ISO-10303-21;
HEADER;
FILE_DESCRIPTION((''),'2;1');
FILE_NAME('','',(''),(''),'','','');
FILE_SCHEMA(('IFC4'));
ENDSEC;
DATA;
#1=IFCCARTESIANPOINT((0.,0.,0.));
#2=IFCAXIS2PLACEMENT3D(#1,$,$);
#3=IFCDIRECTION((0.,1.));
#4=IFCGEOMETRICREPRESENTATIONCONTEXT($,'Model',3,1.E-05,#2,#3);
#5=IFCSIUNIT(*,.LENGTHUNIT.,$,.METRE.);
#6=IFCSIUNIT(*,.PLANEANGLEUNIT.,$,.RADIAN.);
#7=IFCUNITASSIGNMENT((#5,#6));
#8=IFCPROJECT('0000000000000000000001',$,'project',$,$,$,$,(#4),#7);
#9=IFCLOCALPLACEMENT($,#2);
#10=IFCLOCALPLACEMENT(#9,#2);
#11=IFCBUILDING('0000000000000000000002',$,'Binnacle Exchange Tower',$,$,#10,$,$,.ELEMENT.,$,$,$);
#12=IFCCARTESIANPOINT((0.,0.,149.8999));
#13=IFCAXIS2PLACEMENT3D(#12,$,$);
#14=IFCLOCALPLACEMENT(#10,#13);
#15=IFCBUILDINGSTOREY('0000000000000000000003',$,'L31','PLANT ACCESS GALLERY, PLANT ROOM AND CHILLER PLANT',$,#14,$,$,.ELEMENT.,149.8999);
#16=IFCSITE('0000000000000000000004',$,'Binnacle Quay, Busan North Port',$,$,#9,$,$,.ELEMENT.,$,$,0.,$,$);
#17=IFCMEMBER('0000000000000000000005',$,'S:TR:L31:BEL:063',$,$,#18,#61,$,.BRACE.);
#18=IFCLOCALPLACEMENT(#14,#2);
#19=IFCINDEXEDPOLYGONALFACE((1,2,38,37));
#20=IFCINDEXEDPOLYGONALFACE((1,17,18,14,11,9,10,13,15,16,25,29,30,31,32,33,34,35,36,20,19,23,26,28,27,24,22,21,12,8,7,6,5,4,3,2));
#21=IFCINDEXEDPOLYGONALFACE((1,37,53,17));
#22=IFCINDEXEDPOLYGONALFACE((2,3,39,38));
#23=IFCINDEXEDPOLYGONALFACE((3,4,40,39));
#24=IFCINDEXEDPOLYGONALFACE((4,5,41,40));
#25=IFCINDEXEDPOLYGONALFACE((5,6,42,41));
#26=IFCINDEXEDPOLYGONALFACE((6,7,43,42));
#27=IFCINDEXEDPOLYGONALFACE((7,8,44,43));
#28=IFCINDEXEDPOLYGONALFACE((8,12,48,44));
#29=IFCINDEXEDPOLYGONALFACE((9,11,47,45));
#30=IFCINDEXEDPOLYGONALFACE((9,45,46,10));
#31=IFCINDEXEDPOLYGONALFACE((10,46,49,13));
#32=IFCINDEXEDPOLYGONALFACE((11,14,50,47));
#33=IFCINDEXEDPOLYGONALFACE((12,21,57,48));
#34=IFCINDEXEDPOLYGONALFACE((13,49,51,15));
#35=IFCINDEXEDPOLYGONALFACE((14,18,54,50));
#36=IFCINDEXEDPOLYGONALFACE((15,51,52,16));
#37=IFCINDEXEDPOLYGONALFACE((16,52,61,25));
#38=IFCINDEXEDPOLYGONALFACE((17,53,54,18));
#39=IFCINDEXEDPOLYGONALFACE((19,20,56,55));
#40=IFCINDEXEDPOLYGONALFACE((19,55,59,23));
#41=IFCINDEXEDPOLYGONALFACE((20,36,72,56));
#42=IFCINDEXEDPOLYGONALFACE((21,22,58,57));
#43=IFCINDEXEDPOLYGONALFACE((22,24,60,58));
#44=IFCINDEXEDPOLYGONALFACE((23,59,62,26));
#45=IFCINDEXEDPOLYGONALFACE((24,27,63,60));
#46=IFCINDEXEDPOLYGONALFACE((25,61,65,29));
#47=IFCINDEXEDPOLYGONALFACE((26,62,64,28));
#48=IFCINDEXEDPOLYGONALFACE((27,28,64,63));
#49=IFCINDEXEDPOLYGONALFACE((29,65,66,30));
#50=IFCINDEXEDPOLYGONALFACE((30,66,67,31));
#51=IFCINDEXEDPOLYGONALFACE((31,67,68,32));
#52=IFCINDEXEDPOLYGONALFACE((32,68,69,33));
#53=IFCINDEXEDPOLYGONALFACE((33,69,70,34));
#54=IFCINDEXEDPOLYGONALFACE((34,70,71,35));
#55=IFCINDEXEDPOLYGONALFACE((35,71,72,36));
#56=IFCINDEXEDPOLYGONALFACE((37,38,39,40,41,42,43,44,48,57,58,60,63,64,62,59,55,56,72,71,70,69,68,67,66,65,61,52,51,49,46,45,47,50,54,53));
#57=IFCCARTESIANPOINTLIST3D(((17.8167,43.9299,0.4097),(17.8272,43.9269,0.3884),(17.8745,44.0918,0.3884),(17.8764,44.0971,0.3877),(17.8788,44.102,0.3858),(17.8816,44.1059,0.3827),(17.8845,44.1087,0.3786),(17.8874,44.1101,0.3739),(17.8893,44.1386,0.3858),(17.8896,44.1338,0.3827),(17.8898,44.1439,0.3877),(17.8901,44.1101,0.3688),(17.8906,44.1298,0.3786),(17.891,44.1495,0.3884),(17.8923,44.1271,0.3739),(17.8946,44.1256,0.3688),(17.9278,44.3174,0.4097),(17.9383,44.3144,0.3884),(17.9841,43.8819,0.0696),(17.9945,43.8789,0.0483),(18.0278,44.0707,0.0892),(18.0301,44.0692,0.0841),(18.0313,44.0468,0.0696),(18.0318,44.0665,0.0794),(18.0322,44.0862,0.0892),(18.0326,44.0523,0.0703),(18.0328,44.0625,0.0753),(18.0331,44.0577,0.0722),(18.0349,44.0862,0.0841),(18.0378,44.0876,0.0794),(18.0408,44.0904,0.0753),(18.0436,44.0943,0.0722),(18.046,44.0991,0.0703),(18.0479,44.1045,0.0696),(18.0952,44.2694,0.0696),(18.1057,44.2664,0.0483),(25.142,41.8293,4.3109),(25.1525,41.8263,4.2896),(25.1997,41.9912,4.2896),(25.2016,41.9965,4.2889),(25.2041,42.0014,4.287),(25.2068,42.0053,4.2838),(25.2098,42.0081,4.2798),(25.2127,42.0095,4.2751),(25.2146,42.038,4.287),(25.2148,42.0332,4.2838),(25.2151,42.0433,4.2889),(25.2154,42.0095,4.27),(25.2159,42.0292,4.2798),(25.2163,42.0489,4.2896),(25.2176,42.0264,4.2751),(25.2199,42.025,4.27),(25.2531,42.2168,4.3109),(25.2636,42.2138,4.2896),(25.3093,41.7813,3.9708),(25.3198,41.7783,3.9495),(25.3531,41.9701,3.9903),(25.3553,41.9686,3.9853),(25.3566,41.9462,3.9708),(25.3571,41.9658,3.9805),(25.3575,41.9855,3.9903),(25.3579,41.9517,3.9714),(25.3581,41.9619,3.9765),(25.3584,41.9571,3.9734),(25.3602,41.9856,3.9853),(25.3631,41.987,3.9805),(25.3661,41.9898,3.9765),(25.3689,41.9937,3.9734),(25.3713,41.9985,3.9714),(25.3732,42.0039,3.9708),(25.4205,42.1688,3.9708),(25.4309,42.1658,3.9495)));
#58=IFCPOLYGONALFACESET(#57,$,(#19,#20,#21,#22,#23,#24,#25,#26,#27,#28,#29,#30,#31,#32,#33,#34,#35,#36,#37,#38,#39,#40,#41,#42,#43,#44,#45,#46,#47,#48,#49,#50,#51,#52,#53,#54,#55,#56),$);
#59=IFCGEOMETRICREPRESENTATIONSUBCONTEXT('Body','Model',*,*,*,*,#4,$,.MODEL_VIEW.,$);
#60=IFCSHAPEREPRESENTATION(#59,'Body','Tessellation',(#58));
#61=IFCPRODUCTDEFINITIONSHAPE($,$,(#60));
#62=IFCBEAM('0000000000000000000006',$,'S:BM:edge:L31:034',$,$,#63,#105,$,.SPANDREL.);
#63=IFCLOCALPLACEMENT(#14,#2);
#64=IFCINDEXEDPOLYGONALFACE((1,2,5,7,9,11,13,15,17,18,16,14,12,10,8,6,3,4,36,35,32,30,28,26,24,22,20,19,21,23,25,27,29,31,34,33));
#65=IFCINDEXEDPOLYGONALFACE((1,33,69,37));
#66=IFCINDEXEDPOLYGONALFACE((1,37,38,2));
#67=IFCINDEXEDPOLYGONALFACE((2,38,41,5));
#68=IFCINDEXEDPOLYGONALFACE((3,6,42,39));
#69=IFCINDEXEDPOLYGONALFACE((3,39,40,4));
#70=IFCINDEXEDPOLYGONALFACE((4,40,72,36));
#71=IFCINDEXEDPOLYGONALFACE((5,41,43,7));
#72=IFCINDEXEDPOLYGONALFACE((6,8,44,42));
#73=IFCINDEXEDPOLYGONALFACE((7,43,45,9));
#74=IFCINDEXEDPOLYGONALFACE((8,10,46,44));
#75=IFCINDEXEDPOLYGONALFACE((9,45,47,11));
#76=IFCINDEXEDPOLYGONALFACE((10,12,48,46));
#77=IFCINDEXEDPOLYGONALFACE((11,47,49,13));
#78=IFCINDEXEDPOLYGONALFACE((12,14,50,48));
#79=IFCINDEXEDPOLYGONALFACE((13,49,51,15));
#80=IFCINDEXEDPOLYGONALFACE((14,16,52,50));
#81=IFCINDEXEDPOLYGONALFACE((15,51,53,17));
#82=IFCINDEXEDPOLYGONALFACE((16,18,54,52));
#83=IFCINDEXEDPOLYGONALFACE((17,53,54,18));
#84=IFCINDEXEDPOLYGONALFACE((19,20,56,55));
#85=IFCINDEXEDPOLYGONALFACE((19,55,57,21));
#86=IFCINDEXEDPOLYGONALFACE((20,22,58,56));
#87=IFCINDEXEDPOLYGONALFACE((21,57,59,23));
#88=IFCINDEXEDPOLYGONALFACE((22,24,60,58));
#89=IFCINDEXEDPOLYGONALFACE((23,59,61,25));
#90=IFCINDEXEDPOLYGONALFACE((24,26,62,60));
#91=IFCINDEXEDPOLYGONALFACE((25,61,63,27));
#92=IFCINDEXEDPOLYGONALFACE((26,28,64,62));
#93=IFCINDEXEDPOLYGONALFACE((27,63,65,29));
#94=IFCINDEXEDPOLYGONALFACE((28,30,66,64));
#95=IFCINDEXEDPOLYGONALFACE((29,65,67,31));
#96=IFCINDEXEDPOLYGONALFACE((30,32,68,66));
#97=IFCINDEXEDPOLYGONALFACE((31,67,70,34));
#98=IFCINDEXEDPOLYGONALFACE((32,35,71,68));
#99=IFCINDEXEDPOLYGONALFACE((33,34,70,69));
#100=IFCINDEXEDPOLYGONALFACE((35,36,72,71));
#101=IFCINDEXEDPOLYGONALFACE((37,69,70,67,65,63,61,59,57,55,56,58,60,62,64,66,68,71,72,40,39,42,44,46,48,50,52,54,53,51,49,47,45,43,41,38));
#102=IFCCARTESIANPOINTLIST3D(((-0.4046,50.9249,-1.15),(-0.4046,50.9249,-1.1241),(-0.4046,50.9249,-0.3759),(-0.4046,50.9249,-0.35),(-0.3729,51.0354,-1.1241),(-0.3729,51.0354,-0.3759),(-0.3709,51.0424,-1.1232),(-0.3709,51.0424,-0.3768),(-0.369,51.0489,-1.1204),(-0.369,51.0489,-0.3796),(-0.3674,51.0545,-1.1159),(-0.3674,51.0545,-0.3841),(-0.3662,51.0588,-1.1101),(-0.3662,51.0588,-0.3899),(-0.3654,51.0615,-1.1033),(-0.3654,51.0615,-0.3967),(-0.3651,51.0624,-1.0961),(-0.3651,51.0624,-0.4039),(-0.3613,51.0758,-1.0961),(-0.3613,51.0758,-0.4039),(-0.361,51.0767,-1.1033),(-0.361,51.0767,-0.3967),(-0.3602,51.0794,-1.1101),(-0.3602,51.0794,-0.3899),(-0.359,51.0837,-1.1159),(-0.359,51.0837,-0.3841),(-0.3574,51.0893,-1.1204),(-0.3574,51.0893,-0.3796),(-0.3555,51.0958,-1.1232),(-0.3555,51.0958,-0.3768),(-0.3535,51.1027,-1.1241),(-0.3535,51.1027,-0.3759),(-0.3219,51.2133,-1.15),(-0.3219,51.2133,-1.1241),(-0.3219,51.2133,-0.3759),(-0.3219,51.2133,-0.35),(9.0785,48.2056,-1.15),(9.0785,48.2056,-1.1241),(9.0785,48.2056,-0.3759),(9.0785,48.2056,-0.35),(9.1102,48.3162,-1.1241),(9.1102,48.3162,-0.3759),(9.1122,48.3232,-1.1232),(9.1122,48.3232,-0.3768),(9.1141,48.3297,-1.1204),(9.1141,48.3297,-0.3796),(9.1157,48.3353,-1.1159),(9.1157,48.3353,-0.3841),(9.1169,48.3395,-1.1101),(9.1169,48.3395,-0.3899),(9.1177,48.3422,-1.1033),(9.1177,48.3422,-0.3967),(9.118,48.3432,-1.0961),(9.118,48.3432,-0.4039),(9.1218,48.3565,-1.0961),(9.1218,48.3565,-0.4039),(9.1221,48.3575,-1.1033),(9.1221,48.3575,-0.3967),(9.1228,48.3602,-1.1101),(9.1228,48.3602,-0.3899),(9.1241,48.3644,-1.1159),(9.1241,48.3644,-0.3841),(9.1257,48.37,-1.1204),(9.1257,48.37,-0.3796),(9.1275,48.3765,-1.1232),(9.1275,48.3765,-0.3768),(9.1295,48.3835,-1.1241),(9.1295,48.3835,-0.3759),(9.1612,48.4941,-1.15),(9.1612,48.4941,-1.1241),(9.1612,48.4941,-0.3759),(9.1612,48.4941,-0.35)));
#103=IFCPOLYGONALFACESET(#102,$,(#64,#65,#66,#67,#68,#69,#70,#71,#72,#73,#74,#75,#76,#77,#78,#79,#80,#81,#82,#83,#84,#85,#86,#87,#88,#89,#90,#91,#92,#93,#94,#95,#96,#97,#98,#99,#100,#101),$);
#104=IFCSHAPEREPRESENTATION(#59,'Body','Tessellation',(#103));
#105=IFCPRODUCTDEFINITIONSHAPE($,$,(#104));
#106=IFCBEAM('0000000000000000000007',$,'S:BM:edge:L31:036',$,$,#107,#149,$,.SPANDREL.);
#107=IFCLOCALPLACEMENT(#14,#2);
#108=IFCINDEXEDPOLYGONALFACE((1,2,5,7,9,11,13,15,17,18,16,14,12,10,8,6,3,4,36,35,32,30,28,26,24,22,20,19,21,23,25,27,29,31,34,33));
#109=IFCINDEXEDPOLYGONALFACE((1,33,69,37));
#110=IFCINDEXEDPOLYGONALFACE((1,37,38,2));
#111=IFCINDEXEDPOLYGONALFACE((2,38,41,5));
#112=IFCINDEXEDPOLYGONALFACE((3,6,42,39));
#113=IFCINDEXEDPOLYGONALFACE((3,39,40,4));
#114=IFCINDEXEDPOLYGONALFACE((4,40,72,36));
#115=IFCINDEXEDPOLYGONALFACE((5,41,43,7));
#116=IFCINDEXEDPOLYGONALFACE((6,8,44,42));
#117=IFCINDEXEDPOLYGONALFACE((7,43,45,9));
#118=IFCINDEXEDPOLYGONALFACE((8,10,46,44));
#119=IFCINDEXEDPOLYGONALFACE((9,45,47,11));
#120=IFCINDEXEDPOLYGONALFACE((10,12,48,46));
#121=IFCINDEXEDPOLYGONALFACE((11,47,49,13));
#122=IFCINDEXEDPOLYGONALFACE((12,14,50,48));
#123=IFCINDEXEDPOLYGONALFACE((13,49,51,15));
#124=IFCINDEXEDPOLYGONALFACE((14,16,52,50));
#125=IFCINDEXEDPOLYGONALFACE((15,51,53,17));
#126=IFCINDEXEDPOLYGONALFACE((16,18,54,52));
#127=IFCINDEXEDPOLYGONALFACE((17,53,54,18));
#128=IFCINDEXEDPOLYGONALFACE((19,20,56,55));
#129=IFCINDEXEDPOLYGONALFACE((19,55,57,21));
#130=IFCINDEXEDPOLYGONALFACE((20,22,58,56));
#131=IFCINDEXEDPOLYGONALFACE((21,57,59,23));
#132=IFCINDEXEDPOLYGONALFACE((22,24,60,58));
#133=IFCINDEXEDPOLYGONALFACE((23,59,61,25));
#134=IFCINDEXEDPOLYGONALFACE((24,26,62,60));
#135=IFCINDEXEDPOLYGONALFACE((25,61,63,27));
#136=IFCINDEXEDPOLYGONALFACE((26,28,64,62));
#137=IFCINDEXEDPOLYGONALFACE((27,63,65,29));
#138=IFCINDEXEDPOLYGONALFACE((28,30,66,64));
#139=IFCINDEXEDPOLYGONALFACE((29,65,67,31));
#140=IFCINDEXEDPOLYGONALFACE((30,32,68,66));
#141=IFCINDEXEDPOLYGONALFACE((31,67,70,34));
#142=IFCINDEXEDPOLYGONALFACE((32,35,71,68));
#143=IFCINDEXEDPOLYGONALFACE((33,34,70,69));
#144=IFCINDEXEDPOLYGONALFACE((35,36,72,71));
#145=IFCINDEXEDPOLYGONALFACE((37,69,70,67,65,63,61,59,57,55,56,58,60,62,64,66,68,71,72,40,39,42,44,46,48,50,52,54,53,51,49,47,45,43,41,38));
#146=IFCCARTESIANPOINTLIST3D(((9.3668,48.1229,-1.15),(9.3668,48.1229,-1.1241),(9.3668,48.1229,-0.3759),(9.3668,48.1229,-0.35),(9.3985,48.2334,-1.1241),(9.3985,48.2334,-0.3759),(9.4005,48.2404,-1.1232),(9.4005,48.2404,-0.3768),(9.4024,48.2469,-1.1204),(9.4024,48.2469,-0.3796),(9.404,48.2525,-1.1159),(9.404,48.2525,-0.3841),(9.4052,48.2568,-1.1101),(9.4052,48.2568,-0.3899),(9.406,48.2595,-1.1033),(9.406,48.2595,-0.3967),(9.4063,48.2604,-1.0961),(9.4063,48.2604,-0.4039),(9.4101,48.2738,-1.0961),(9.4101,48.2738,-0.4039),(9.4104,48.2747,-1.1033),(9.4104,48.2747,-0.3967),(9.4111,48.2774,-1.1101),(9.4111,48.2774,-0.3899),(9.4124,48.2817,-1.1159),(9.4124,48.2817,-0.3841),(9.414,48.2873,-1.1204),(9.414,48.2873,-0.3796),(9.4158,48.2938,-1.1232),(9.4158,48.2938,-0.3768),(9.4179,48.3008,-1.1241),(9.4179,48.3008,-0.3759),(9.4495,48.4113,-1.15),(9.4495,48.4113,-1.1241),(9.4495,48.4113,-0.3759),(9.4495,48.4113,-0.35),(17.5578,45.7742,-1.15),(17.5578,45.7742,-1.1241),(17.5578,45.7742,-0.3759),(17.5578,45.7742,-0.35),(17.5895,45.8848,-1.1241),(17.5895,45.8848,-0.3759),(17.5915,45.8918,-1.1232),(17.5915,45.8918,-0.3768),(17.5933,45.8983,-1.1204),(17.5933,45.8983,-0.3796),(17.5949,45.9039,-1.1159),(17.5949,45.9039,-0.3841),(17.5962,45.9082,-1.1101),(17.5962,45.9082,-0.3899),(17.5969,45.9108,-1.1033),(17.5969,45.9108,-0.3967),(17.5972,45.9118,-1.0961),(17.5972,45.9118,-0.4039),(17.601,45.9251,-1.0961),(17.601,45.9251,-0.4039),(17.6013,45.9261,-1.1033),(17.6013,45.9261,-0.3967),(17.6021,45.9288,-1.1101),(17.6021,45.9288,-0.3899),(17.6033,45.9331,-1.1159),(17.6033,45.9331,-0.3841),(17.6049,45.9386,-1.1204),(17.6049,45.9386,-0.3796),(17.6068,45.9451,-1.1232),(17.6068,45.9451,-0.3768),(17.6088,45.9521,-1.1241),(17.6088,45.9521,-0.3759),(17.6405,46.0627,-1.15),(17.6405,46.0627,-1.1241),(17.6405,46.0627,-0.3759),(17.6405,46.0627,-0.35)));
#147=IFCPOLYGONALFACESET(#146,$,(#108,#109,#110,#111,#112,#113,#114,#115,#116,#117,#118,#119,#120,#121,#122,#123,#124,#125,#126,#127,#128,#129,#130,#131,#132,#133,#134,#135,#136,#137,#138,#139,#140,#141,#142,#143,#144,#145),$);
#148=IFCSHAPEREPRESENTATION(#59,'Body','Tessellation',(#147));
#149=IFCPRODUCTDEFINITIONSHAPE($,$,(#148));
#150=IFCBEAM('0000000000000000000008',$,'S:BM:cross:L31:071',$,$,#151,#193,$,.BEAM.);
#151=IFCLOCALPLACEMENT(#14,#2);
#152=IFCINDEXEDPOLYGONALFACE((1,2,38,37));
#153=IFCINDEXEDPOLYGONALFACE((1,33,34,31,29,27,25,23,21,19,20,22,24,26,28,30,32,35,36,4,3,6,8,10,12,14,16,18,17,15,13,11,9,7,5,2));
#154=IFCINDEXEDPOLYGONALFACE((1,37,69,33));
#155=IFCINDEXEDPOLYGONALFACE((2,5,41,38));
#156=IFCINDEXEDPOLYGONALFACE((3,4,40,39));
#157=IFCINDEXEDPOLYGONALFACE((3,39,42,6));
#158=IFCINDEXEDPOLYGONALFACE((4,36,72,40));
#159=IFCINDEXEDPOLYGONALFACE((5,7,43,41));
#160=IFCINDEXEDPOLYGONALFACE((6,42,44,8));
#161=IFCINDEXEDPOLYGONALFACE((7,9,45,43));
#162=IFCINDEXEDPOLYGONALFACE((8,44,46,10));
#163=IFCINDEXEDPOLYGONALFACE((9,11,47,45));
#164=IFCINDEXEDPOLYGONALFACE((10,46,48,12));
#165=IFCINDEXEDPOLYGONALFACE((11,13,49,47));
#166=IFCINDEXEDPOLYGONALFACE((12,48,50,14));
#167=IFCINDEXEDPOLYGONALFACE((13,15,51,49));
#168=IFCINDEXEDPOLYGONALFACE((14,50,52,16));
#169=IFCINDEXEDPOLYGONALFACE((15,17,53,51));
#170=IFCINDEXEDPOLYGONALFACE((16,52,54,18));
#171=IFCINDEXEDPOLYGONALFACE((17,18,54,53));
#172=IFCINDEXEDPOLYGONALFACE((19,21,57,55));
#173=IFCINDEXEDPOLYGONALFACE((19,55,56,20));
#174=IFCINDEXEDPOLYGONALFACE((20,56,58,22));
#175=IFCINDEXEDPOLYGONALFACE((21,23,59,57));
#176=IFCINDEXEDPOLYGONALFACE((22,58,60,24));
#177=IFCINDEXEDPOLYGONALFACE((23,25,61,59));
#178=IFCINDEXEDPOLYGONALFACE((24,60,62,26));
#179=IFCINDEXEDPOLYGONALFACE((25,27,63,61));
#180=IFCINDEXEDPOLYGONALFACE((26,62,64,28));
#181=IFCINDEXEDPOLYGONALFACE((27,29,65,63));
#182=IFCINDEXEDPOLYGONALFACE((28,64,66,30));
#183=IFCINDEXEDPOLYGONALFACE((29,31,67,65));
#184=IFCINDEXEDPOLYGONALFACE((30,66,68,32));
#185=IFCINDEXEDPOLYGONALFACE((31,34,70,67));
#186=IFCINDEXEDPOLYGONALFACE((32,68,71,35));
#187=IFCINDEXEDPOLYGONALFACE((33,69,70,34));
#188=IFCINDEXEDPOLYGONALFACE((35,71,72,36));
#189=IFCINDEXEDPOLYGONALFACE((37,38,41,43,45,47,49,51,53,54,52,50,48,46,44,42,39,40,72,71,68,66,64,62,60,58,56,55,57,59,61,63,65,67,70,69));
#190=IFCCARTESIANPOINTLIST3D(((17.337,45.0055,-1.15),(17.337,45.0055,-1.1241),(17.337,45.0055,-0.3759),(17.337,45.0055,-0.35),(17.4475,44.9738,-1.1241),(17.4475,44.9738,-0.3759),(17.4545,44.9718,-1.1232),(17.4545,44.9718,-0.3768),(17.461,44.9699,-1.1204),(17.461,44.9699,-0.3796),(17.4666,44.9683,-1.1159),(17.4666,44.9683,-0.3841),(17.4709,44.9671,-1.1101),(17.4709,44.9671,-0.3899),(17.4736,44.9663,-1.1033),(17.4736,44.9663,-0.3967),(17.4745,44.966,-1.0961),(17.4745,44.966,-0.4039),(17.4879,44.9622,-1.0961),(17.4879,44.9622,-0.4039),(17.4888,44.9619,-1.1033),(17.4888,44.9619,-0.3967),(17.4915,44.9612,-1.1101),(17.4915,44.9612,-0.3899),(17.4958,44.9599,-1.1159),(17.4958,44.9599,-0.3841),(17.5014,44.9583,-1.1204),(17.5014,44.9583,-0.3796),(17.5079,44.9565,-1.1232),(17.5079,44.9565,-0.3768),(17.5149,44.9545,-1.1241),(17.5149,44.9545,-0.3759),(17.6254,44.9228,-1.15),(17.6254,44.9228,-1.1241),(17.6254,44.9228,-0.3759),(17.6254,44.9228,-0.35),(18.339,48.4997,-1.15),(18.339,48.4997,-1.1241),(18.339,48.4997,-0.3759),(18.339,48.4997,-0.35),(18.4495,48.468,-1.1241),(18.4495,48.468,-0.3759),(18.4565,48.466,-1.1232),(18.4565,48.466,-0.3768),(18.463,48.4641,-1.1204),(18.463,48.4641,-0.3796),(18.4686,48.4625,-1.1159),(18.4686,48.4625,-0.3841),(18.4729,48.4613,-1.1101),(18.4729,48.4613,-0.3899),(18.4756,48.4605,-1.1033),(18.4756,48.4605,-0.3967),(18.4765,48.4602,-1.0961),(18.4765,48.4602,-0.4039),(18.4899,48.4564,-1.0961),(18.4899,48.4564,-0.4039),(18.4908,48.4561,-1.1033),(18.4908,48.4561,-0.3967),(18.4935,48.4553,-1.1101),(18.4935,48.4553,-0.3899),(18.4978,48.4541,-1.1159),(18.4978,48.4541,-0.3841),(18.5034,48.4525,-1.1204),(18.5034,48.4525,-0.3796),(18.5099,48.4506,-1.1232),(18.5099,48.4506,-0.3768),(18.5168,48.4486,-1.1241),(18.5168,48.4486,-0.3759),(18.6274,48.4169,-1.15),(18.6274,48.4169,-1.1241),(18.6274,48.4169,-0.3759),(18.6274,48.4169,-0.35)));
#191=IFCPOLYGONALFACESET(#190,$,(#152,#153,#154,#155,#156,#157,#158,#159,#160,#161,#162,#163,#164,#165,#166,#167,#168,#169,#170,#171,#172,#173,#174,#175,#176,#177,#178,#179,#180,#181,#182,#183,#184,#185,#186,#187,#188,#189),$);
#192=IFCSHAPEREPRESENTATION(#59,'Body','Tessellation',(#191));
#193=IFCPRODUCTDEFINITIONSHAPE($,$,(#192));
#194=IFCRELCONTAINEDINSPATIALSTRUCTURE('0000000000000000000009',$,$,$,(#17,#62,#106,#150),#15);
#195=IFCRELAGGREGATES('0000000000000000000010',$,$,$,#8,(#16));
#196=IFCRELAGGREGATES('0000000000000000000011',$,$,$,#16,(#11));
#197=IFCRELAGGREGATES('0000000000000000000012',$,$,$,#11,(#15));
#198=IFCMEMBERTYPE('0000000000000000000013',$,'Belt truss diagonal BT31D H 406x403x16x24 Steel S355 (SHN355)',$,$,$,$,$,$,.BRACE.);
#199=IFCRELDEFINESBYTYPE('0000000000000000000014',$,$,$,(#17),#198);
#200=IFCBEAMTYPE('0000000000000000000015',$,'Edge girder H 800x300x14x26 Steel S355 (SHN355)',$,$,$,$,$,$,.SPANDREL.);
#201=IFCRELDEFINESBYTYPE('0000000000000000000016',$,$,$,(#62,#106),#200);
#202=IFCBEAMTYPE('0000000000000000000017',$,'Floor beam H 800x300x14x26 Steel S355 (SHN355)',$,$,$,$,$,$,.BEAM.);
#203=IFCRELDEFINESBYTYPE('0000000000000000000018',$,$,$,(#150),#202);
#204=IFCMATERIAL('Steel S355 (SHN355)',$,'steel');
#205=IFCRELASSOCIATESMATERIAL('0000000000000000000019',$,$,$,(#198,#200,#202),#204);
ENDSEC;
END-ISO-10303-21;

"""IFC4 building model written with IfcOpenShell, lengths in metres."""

from ifc_helpers import new_model, si_unit, direction, frame, origin, origin_2d, place, context, subcontext, project, spatial, i_section, extrude, material, material_profile, profile_set, type_object, element, save


model = new_model("IFC4")

# Units and contexts
model_context = context("Model", 3, precision=1e-05, world=origin(), true_north=direction((0.0, 1.0)))
body_context = subcontext(model_context, "Body", "Model", "MODEL_VIEW")
ifc_project = project(units=[si_unit("LENGTHUNIT", "METRE"), si_unit("PLANEANGLEUNIT", "RADIAN")], contexts=[model_context])

# Site, building, storey
site_placement = place(None, origin())
site = spatial("IfcSite", under=ifc_project, at=site_placement, Name="Binnacle Quay, Busan North Port", CompositionType="ELEMENT", RefElevation=0.0)
building_placement = place(site_placement, origin())
building = spatial("IfcBuilding", under=site, at=building_placement, Name="Binnacle Exchange Tower", CompositionType="ELEMENT")
storey_placement = place(building_placement, frame((0.0, 0.0, 149.8999)))
storey = spatial("IfcBuildingStorey", under=building, at=storey_placement, Name="L31", Description="PLANT ACCESS GALLERY, PLANT ROOM AND CHILLER PLANT", CompositionType="ELEMENT", Elevation=149.8999)

# Member
ifc_material_1 = material(Name="Steel S355 (SHN355)", Category="steel")
ifc_material_profile_1 = material_profile(ifc_material_1, i_section(OverallWidth=0.4031, OverallDepth=0.406, WebThickness=0.0161, FlangeThickness=0.0239, FilletRadius=0.022, at=origin_2d()), Name="H 406x403x16x24")
ifc_profile_set_1 = profile_set([ifc_material_profile_1], Name="Steel S355 (SHN355)")
member_type_1 = type_object("IfcMemberType", Name="Belt truss diagonal BT31D H 406x403x16x24 Steel S355 (SHN355)", PredefinedType="BRACE", material=ifc_profile_set_1)
member_1_placement = place(storey_placement, frame((17.9612, 44.0981, 0.229), z_axis=(0.855653, -0.245369, 0.455689), x_axis=(0.275652, 0.961258, 0.0)))
element("IfcMember", 1, at=member_1_placement, inside=storey, type_object=member_type_1, Name="S:TR:L31:BEL:063", PredefinedType="BRACE", context=body_context, shape_type="SweptSolid", body=[
    extrude(i_section(OverallWidth=0.4031, OverallDepth=0.406, WebThickness=0.0161, FlangeThickness=0.0239, FilletRadius=0.022, at=origin_2d()), origin(), (0.0, 0.0, 1.0), 8.561),
])

# Beams
ifc_material_profile_2 = material_profile(ifc_material_1, i_section(OverallWidth=0.3, OverallDepth=0.8, WebThickness=0.0139, FlangeThickness=0.0259, FilletRadius=0.0281, at=origin_2d()), Name="H 800x300x14x26")
ifc_profile_set_2 = profile_set([ifc_material_profile_2], Name="Steel S355 (SHN355)")
beam_type_1 = type_object("IfcBeamType", Name="Edge girder H 800x300x14x26 Steel S355 (SHN355)", PredefinedType="SPANDREL", material=ifc_profile_set_2)
beam_1_placement = place(storey_placement, frame((9.1199, 48.3499, -0.75), z_axis=(-0.961262, 0.275636, 0.0), x_axis=(-0.275636, -0.961262, 0.0)))
element("IfcBeam", 2, at=beam_1_placement, inside=storey, type_object=beam_type_1, Name="S:BM:edge:L31:034", PredefinedType="SPANDREL", context=body_context, shape_type="SweptSolid", body=[
    extrude(i_section(OverallWidth=0.3, OverallDepth=0.8, WebThickness=0.0139, FlangeThickness=0.0259, FilletRadius=0.0281, at=origin_2d()), origin(), (0.0, 0.0, 1.0), 9.8652),
])
beam_2_placement = place(storey_placement, frame((17.5991, 45.9185, -0.75), z_axis=(-0.961264, 0.275629, 0.0), x_axis=(-0.275629, -0.961264, 0.0)))
element("IfcBeam", 3, at=beam_2_placement, inside=storey, type_object=beam_type_1, Name="S:BM:edge:L31:036", PredefinedType="SPANDREL", context=body_context, shape_type="SweptSolid", body=[
    extrude(i_section(OverallWidth=0.3, OverallDepth=0.8, WebThickness=0.0139, FlangeThickness=0.0259, FilletRadius=0.0281, at=origin_2d()), origin(), (0.0, 0.0, 1.0), 8.521),
])
ifc_material_profile_3 = material_profile(ifc_material_1, i_section(OverallWidth=0.3, OverallDepth=0.8, WebThickness=0.0139, FlangeThickness=0.0259, FilletRadius=0.0281, at=origin_2d()), Name="H 800x300x14x26")
ifc_profile_set_3 = profile_set([ifc_material_profile_3], Name="Steel S355 (SHN355)")
beam_type_2 = type_object("IfcBeamType", Name="Floor beam H 800x300x14x26 Steel S355 (SHN355)", PredefinedType="BEAM", material=ifc_profile_set_3)
beam_3_placement = place(storey_placement, frame((17.4812, 44.9641, -0.75), z_axis=(0.275644, 0.96126, 0.0), x_axis=(-0.96126, 0.275644, 0.0)))
element("IfcBeam", 4, at=beam_3_placement, inside=storey, type_object=beam_type_2, Name="S:BM:cross:L31:071", PredefinedType="BEAM", context=body_context, shape_type="SweptSolid", body=[
    extrude(i_section(OverallWidth=0.3, OverallDepth=0.8, WebThickness=0.0139, FlangeThickness=0.0259, FilletRadius=0.0281, at=origin_2d()), origin(), (0.0, 0.0, 1.0), 3.635),
])

save(model, "model.ifc")
